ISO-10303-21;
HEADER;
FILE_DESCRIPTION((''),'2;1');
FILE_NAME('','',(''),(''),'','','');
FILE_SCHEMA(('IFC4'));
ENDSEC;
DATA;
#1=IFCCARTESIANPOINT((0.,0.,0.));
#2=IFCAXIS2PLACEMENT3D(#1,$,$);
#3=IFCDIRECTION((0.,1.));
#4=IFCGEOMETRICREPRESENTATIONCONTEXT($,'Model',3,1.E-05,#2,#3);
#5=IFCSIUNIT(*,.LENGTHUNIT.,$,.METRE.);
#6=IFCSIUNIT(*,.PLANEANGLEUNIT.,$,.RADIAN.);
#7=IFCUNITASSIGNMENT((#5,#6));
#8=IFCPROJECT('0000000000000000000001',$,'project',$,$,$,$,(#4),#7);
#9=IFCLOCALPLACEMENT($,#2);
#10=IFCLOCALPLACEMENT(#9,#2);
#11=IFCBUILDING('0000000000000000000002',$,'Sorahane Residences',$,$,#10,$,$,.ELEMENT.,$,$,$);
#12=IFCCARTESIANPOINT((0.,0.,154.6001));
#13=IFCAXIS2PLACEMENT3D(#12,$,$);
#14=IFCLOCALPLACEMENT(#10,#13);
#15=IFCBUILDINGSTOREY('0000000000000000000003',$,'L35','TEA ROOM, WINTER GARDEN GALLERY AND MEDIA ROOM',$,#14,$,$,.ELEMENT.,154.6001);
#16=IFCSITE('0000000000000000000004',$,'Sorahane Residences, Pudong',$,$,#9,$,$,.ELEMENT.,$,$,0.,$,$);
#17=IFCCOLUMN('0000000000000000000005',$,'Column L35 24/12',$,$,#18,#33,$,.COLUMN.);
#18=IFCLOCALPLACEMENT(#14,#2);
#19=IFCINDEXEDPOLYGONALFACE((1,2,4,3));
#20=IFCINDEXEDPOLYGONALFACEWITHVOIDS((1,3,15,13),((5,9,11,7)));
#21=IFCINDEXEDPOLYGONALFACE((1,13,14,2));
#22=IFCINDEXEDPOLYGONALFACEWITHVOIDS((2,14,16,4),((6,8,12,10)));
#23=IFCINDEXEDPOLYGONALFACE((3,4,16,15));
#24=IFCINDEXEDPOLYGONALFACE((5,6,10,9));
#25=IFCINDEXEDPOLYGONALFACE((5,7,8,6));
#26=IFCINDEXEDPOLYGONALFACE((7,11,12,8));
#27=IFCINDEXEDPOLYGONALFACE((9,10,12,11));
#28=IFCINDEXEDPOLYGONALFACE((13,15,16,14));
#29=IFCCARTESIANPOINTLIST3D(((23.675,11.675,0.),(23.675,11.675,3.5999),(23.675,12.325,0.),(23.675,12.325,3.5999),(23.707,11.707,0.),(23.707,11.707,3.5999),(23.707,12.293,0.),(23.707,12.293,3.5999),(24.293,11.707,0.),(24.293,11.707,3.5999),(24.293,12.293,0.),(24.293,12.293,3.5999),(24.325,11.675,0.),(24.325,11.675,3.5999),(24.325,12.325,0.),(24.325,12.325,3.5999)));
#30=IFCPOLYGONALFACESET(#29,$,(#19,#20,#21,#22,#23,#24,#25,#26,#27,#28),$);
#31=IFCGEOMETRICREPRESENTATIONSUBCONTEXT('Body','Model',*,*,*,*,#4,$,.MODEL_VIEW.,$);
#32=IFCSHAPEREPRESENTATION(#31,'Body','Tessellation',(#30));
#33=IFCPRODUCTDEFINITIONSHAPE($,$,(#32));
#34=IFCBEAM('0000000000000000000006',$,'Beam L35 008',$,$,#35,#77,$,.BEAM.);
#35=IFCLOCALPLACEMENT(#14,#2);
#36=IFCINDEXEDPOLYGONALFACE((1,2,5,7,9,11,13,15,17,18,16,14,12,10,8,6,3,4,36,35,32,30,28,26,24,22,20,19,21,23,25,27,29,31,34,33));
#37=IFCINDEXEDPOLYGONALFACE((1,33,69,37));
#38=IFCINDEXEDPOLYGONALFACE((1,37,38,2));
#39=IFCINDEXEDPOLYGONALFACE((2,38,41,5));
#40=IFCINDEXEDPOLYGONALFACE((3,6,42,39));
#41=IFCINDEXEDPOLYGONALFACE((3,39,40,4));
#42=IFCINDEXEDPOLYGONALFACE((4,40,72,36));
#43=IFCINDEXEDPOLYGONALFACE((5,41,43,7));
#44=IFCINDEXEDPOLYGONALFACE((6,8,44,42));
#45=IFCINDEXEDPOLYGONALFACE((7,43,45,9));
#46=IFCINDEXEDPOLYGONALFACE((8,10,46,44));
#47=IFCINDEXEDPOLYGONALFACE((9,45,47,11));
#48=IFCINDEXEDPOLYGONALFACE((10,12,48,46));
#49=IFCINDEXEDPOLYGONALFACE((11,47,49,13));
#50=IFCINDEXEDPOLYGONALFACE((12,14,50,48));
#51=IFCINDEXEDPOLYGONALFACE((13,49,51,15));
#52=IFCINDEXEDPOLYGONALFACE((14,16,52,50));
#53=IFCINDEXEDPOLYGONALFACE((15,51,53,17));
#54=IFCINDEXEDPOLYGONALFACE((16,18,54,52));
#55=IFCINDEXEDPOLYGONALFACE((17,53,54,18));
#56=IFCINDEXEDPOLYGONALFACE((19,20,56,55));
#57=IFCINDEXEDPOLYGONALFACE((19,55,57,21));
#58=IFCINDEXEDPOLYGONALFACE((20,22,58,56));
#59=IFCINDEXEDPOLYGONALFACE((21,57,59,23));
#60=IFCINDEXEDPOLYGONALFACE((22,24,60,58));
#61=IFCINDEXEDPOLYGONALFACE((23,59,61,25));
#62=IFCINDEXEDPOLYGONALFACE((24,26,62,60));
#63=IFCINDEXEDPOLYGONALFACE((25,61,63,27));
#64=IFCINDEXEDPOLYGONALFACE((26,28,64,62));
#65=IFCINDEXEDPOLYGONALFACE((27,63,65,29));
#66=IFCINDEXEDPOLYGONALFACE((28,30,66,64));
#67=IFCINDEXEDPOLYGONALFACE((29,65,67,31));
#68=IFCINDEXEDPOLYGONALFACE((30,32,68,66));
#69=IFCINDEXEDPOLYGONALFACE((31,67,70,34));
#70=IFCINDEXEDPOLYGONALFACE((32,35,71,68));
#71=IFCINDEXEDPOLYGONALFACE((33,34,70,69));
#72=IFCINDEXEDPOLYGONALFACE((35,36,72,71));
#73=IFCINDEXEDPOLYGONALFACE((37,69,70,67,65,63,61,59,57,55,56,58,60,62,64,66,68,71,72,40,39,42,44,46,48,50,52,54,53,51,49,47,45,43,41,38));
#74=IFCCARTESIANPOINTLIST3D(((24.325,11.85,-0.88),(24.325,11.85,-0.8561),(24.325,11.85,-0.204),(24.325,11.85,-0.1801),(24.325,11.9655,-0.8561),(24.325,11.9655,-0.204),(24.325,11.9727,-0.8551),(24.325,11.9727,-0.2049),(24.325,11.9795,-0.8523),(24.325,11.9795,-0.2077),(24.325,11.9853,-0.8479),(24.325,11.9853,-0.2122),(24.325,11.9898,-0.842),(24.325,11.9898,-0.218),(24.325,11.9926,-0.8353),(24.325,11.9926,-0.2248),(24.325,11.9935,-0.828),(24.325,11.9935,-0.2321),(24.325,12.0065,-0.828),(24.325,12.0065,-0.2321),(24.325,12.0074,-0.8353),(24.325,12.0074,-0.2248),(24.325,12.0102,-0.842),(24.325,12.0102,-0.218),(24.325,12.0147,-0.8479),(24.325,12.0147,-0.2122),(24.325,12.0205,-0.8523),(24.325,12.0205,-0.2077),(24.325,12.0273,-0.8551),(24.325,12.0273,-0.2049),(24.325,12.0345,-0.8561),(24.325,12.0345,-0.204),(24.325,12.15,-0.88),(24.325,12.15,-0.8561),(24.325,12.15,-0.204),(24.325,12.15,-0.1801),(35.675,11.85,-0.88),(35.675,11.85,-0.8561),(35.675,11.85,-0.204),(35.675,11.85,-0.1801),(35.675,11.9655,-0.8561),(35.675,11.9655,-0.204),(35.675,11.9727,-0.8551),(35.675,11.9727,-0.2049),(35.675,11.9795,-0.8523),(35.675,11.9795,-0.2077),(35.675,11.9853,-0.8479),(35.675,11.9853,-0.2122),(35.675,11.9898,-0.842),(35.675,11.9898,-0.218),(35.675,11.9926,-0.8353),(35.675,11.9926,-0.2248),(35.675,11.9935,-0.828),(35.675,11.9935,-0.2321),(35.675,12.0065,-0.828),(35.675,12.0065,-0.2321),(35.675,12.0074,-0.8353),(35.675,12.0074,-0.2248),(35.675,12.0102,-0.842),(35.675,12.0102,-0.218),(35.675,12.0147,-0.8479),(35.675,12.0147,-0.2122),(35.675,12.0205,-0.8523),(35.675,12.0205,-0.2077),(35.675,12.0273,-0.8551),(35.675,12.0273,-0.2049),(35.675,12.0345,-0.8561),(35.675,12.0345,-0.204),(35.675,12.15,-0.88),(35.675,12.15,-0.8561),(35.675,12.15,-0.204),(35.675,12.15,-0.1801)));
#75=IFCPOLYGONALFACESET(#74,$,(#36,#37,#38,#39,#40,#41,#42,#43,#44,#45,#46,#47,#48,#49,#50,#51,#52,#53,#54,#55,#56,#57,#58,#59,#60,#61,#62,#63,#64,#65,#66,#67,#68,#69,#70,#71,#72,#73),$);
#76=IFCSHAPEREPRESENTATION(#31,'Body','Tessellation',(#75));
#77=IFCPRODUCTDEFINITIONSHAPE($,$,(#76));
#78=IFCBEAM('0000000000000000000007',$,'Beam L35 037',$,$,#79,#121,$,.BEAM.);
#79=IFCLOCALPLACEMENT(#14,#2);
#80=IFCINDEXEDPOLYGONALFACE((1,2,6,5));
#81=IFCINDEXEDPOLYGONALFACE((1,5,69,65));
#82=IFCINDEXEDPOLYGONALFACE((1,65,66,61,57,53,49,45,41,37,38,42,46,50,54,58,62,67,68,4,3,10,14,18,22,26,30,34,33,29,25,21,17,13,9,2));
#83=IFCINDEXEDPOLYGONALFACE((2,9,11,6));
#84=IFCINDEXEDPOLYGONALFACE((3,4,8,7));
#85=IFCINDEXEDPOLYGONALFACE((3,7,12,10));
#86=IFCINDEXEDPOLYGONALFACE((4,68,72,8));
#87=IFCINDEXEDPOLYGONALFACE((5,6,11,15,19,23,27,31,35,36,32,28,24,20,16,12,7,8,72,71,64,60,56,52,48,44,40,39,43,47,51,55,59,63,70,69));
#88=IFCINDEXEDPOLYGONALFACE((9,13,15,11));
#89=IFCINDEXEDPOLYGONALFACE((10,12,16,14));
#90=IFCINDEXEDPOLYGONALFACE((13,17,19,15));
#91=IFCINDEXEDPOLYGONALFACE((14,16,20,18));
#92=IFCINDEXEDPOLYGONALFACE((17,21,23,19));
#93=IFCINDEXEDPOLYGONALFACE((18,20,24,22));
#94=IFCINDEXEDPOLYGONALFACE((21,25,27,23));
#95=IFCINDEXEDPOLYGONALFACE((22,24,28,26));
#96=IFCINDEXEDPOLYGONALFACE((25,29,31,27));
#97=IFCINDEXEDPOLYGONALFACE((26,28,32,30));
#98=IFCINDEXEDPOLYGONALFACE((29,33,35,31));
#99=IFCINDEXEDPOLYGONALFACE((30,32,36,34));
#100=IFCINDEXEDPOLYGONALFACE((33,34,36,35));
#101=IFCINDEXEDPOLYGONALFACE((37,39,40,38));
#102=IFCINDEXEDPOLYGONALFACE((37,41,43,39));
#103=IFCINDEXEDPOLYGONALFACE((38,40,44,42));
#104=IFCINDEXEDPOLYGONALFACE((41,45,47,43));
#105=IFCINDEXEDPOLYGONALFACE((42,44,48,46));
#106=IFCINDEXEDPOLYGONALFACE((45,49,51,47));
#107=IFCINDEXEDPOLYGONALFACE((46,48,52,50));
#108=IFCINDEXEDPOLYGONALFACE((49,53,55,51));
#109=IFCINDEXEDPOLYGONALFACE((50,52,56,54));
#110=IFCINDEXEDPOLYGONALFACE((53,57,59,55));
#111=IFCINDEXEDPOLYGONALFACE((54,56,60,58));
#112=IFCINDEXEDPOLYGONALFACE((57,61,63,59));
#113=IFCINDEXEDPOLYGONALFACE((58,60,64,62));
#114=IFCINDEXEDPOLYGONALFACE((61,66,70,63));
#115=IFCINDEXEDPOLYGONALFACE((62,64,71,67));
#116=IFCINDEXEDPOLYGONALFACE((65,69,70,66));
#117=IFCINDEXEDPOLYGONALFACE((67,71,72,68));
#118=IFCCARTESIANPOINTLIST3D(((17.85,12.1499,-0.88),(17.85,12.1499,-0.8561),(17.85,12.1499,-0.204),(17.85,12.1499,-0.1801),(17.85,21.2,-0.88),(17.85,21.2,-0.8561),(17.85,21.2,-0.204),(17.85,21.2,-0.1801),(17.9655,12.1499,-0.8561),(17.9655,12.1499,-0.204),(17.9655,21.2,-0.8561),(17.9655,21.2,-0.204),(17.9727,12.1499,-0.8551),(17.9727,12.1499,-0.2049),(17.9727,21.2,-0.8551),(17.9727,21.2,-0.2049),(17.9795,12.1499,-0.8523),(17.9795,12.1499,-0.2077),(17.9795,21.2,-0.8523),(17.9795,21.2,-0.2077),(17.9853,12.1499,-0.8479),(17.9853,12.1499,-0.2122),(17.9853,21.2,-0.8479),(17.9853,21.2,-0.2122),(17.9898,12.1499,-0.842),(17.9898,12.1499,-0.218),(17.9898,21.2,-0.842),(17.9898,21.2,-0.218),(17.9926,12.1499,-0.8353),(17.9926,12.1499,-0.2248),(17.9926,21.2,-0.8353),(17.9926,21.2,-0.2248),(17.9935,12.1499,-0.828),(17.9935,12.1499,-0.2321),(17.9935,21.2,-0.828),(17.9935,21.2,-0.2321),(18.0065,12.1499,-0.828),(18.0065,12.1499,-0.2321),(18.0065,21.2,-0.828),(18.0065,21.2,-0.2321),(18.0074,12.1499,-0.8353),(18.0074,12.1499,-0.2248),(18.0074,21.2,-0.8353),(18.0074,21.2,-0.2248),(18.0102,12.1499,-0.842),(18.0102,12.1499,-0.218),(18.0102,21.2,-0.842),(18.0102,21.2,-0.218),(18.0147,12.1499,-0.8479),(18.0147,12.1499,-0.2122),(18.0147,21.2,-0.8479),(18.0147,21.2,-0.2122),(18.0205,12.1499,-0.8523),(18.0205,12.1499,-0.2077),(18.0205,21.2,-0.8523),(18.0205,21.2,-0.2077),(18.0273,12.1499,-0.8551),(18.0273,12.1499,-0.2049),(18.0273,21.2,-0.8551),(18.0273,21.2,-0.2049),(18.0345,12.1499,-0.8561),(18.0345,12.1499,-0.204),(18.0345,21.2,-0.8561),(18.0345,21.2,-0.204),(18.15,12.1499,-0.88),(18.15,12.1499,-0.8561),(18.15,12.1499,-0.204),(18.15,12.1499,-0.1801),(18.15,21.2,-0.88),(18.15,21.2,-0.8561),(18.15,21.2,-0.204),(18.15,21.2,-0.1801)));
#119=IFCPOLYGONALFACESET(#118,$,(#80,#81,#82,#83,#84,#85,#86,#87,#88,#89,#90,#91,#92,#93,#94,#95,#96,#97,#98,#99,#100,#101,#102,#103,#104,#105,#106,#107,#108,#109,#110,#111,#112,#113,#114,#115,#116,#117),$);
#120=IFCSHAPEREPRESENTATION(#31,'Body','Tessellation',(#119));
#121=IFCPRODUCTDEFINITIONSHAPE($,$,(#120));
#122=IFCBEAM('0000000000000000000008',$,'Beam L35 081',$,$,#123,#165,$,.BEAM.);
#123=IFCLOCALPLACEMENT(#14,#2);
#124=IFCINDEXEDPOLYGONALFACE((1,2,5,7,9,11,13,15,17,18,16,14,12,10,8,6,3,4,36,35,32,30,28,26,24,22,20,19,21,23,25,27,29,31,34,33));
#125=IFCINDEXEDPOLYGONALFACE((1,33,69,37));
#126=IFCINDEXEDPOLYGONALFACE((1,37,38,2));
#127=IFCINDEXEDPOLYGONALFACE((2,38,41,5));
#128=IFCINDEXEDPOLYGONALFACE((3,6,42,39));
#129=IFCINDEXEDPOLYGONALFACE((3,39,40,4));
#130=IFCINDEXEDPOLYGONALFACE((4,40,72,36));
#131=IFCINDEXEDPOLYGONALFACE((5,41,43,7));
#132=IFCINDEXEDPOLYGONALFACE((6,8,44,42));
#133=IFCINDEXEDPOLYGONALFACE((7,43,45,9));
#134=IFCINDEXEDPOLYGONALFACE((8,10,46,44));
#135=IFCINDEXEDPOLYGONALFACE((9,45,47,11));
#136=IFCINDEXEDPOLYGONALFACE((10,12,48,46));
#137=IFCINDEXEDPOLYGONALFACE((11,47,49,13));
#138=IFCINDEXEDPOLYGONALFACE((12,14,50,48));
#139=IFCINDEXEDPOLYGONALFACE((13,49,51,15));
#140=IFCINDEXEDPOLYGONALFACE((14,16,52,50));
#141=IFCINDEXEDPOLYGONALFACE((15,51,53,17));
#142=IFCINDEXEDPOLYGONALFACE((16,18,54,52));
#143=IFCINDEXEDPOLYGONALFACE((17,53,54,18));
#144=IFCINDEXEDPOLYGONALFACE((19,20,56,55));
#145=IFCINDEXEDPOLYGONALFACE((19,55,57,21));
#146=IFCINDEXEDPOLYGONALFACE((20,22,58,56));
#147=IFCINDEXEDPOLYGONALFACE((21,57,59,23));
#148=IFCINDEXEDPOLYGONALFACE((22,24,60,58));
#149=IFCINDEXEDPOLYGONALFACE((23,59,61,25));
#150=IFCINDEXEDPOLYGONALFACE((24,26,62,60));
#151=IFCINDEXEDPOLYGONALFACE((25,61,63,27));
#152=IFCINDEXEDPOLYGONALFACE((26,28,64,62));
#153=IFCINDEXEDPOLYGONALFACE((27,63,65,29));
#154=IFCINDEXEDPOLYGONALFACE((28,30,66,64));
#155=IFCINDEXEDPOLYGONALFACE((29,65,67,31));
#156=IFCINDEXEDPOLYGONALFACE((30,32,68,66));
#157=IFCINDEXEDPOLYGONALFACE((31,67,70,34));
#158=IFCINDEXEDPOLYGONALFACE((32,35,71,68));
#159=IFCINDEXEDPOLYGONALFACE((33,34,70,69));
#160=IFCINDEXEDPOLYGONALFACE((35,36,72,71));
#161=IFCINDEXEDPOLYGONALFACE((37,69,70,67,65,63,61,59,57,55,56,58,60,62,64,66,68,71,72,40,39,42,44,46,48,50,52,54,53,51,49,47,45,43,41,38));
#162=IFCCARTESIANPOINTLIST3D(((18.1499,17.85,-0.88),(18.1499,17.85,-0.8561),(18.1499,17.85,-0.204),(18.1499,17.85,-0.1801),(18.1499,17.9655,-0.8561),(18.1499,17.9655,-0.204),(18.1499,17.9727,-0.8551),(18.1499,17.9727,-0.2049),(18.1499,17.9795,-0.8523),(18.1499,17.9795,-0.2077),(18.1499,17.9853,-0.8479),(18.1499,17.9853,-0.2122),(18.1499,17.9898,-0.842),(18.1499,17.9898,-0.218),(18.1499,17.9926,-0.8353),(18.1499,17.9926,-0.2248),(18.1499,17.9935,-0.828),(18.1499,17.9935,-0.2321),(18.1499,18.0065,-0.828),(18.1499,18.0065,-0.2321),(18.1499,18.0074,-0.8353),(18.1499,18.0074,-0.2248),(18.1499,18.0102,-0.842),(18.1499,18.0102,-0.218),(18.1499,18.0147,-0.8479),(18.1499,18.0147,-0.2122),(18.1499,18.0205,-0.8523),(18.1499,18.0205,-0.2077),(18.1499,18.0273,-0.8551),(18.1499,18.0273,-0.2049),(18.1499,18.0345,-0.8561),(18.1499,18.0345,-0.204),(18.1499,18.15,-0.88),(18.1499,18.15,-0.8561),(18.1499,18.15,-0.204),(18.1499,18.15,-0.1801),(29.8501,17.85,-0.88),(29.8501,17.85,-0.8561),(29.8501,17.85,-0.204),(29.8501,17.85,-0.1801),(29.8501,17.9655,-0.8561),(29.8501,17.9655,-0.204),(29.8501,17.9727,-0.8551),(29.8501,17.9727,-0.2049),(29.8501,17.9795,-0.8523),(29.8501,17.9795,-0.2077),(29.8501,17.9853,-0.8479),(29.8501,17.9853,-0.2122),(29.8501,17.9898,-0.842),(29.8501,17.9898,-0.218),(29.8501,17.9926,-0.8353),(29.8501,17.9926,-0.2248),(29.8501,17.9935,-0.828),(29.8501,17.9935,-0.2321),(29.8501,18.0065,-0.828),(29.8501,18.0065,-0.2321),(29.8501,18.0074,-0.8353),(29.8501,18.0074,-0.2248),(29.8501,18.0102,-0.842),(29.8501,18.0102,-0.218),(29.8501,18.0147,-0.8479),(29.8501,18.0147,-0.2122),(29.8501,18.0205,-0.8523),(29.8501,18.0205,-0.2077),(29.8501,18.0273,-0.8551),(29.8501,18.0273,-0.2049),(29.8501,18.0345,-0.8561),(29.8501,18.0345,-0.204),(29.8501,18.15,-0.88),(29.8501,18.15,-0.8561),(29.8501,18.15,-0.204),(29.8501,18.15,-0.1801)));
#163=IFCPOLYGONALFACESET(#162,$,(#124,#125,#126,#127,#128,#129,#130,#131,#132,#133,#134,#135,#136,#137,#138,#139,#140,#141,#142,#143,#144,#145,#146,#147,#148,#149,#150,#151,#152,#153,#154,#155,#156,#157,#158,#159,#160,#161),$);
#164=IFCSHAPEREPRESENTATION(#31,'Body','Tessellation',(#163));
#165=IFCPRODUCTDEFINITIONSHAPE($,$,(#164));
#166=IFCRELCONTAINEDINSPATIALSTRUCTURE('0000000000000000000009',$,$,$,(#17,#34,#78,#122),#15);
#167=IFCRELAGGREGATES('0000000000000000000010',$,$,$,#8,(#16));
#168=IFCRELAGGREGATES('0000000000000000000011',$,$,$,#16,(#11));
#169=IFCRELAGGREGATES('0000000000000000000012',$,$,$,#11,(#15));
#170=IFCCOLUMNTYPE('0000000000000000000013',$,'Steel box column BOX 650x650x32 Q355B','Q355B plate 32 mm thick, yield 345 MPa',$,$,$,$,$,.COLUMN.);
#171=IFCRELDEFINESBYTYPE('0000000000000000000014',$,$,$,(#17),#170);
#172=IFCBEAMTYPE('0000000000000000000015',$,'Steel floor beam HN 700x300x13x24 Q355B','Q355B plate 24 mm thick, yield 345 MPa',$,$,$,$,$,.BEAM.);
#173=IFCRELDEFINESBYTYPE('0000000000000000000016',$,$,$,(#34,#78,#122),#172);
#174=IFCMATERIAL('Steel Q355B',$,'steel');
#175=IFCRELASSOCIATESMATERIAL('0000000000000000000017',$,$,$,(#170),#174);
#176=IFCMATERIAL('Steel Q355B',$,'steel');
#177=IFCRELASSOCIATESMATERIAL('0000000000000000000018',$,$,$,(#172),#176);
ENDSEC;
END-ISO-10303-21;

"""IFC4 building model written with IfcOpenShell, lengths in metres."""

from ifc_helpers import new_model, si_unit, direction, frame, origin, origin_2d, place, context, subcontext, project, spatial, hollow_rectangle, i_section, extrude, material, material_profile, profile_set, type_object, element, save


model = new_model("IFC4")

# Units and contexts
model_context = context("Model", 3, precision=1e-05, world=origin(), true_north=direction((0.0, 1.0)))
body_context = subcontext(model_context, "Body", "Model", "MODEL_VIEW")
ifc_project = project(units=[si_unit("LENGTHUNIT", "METRE"), si_unit("PLANEANGLEUNIT", "RADIAN")], contexts=[model_context])

# Site, building, storey
site_placement = place(None, origin())
site = spatial("IfcSite", under=ifc_project, at=site_placement, Name="Sorahane Residences, Pudong", CompositionType="ELEMENT", RefElevation=0.0)
building_placement = place(site_placement, origin())
building = spatial("IfcBuilding", under=site, at=building_placement, Name="Sorahane Residences", CompositionType="ELEMENT")
storey_placement = place(building_placement, frame((0.0, 0.0, 154.6001)))
storey = spatial("IfcBuildingStorey", under=building, at=storey_placement, Name="L35", Description="TEA ROOM, WINTER GARDEN GALLERY AND MEDIA ROOM", CompositionType="ELEMENT", Elevation=154.6001)

# Column
ifc_material_1 = material(Name="Steel Q355B", Category="steel")
ifc_material_profile_1 = material_profile(ifc_material_1, hollow_rectangle(XDim=0.6499, YDim=0.6499, WallThickness=0.032, at=origin_2d()), Name="BOX 650x650x32")
ifc_profile_set_1 = profile_set([ifc_material_profile_1], Name="Steel Q355B")
column_type = type_object("IfcColumnType", Name="Steel box column BOX 650x650x32 Q355B", Description="Q355B plate 32 mm thick, yield 345 MPa", PredefinedType="COLUMN", material=ifc_profile_set_1)
column_placement = place(storey_placement, frame((24.0, 12.0, 0.0), z_axis=(0.0, 0.0, 1.0), x_axis=(1.0, 0.0, 0.0)))
element("IfcColumn", 1, at=column_placement, inside=storey, type_object=column_type, Name="Column L35 24/12", PredefinedType="COLUMN", context=body_context, shape_type="SweptSolid", body=[
    extrude(hollow_rectangle(XDim=0.6499, YDim=0.6499, WallThickness=0.032, at=origin_2d()), origin(), (0.0, 0.0, 1.0), 3.5999),
])

# Beams
ifc_material_2 = material(Name="Steel Q355B", Category="steel")
ifc_material_profile_2 = material_profile(ifc_material_2, i_section(OverallWidth=0.3, OverallDepth=0.7, WebThickness=0.0129, FlangeThickness=0.0239, FilletRadius=0.0281, at=origin_2d()), Name="HN 700x300x13x24")
ifc_profile_set_2 = profile_set([ifc_material_profile_2], Name="Steel Q355B")
beam_type = type_object("IfcBeamType", Name="Steel floor beam HN 700x300x13x24 Q355B", Description="Q355B plate 24 mm thick, yield 345 MPa", PredefinedType="BEAM", material=ifc_profile_set_2)
beam_1_placement = place(storey_placement, frame((24.325, 12.0, -0.53), z_axis=(1.0, 0.0, 0.0), x_axis=(0.0, 1.0, 0.0)))
element("IfcBeam", 2, at=beam_1_placement, inside=storey, type_object=beam_type, Name="Beam L35 008", PredefinedType="BEAM", context=body_context, shape_type="SweptSolid", body=[
    extrude(i_section(OverallWidth=0.3, OverallDepth=0.7, WebThickness=0.0129, FlangeThickness=0.0239, FilletRadius=0.0281, at=origin_2d()), origin(), (0.0, 0.0, 1.0), 11.3501),
])
beam_2_placement = place(storey_placement, frame((18.0, 12.1499, -0.53), z_axis=(0.0, 1.0, 0.0), x_axis=(-1.0, 0.0, 0.0)))
element("IfcBeam", 3, at=beam_2_placement, inside=storey, type_object=beam_type, Name="Beam L35 037", PredefinedType="BEAM", context=body_context, shape_type="SweptSolid", body=[
    extrude(i_section(OverallWidth=0.3, OverallDepth=0.7, WebThickness=0.0129, FlangeThickness=0.0239, FilletRadius=0.0281, at=origin_2d()), origin(), (0.0, 0.0, 1.0), 9.05),
])
beam_3_placement = place(storey_placement, frame((18.1499, 18.0, -0.53), z_axis=(1.0, 0.0, 0.0), x_axis=(0.0, 1.0, 0.0)))
element("IfcBeam", 4, at=beam_3_placement, inside=storey, type_object=beam_type, Name="Beam L35 081", PredefinedType="BEAM", context=body_context, shape_type="SweptSolid", body=[
    extrude(i_section(OverallWidth=0.3, OverallDepth=0.7, WebThickness=0.0129, FlangeThickness=0.0239, FilletRadius=0.0281, at=origin_2d()), origin(), (0.0, 0.0, 1.0), 11.7002),
])

save(model, "model.ifc")
